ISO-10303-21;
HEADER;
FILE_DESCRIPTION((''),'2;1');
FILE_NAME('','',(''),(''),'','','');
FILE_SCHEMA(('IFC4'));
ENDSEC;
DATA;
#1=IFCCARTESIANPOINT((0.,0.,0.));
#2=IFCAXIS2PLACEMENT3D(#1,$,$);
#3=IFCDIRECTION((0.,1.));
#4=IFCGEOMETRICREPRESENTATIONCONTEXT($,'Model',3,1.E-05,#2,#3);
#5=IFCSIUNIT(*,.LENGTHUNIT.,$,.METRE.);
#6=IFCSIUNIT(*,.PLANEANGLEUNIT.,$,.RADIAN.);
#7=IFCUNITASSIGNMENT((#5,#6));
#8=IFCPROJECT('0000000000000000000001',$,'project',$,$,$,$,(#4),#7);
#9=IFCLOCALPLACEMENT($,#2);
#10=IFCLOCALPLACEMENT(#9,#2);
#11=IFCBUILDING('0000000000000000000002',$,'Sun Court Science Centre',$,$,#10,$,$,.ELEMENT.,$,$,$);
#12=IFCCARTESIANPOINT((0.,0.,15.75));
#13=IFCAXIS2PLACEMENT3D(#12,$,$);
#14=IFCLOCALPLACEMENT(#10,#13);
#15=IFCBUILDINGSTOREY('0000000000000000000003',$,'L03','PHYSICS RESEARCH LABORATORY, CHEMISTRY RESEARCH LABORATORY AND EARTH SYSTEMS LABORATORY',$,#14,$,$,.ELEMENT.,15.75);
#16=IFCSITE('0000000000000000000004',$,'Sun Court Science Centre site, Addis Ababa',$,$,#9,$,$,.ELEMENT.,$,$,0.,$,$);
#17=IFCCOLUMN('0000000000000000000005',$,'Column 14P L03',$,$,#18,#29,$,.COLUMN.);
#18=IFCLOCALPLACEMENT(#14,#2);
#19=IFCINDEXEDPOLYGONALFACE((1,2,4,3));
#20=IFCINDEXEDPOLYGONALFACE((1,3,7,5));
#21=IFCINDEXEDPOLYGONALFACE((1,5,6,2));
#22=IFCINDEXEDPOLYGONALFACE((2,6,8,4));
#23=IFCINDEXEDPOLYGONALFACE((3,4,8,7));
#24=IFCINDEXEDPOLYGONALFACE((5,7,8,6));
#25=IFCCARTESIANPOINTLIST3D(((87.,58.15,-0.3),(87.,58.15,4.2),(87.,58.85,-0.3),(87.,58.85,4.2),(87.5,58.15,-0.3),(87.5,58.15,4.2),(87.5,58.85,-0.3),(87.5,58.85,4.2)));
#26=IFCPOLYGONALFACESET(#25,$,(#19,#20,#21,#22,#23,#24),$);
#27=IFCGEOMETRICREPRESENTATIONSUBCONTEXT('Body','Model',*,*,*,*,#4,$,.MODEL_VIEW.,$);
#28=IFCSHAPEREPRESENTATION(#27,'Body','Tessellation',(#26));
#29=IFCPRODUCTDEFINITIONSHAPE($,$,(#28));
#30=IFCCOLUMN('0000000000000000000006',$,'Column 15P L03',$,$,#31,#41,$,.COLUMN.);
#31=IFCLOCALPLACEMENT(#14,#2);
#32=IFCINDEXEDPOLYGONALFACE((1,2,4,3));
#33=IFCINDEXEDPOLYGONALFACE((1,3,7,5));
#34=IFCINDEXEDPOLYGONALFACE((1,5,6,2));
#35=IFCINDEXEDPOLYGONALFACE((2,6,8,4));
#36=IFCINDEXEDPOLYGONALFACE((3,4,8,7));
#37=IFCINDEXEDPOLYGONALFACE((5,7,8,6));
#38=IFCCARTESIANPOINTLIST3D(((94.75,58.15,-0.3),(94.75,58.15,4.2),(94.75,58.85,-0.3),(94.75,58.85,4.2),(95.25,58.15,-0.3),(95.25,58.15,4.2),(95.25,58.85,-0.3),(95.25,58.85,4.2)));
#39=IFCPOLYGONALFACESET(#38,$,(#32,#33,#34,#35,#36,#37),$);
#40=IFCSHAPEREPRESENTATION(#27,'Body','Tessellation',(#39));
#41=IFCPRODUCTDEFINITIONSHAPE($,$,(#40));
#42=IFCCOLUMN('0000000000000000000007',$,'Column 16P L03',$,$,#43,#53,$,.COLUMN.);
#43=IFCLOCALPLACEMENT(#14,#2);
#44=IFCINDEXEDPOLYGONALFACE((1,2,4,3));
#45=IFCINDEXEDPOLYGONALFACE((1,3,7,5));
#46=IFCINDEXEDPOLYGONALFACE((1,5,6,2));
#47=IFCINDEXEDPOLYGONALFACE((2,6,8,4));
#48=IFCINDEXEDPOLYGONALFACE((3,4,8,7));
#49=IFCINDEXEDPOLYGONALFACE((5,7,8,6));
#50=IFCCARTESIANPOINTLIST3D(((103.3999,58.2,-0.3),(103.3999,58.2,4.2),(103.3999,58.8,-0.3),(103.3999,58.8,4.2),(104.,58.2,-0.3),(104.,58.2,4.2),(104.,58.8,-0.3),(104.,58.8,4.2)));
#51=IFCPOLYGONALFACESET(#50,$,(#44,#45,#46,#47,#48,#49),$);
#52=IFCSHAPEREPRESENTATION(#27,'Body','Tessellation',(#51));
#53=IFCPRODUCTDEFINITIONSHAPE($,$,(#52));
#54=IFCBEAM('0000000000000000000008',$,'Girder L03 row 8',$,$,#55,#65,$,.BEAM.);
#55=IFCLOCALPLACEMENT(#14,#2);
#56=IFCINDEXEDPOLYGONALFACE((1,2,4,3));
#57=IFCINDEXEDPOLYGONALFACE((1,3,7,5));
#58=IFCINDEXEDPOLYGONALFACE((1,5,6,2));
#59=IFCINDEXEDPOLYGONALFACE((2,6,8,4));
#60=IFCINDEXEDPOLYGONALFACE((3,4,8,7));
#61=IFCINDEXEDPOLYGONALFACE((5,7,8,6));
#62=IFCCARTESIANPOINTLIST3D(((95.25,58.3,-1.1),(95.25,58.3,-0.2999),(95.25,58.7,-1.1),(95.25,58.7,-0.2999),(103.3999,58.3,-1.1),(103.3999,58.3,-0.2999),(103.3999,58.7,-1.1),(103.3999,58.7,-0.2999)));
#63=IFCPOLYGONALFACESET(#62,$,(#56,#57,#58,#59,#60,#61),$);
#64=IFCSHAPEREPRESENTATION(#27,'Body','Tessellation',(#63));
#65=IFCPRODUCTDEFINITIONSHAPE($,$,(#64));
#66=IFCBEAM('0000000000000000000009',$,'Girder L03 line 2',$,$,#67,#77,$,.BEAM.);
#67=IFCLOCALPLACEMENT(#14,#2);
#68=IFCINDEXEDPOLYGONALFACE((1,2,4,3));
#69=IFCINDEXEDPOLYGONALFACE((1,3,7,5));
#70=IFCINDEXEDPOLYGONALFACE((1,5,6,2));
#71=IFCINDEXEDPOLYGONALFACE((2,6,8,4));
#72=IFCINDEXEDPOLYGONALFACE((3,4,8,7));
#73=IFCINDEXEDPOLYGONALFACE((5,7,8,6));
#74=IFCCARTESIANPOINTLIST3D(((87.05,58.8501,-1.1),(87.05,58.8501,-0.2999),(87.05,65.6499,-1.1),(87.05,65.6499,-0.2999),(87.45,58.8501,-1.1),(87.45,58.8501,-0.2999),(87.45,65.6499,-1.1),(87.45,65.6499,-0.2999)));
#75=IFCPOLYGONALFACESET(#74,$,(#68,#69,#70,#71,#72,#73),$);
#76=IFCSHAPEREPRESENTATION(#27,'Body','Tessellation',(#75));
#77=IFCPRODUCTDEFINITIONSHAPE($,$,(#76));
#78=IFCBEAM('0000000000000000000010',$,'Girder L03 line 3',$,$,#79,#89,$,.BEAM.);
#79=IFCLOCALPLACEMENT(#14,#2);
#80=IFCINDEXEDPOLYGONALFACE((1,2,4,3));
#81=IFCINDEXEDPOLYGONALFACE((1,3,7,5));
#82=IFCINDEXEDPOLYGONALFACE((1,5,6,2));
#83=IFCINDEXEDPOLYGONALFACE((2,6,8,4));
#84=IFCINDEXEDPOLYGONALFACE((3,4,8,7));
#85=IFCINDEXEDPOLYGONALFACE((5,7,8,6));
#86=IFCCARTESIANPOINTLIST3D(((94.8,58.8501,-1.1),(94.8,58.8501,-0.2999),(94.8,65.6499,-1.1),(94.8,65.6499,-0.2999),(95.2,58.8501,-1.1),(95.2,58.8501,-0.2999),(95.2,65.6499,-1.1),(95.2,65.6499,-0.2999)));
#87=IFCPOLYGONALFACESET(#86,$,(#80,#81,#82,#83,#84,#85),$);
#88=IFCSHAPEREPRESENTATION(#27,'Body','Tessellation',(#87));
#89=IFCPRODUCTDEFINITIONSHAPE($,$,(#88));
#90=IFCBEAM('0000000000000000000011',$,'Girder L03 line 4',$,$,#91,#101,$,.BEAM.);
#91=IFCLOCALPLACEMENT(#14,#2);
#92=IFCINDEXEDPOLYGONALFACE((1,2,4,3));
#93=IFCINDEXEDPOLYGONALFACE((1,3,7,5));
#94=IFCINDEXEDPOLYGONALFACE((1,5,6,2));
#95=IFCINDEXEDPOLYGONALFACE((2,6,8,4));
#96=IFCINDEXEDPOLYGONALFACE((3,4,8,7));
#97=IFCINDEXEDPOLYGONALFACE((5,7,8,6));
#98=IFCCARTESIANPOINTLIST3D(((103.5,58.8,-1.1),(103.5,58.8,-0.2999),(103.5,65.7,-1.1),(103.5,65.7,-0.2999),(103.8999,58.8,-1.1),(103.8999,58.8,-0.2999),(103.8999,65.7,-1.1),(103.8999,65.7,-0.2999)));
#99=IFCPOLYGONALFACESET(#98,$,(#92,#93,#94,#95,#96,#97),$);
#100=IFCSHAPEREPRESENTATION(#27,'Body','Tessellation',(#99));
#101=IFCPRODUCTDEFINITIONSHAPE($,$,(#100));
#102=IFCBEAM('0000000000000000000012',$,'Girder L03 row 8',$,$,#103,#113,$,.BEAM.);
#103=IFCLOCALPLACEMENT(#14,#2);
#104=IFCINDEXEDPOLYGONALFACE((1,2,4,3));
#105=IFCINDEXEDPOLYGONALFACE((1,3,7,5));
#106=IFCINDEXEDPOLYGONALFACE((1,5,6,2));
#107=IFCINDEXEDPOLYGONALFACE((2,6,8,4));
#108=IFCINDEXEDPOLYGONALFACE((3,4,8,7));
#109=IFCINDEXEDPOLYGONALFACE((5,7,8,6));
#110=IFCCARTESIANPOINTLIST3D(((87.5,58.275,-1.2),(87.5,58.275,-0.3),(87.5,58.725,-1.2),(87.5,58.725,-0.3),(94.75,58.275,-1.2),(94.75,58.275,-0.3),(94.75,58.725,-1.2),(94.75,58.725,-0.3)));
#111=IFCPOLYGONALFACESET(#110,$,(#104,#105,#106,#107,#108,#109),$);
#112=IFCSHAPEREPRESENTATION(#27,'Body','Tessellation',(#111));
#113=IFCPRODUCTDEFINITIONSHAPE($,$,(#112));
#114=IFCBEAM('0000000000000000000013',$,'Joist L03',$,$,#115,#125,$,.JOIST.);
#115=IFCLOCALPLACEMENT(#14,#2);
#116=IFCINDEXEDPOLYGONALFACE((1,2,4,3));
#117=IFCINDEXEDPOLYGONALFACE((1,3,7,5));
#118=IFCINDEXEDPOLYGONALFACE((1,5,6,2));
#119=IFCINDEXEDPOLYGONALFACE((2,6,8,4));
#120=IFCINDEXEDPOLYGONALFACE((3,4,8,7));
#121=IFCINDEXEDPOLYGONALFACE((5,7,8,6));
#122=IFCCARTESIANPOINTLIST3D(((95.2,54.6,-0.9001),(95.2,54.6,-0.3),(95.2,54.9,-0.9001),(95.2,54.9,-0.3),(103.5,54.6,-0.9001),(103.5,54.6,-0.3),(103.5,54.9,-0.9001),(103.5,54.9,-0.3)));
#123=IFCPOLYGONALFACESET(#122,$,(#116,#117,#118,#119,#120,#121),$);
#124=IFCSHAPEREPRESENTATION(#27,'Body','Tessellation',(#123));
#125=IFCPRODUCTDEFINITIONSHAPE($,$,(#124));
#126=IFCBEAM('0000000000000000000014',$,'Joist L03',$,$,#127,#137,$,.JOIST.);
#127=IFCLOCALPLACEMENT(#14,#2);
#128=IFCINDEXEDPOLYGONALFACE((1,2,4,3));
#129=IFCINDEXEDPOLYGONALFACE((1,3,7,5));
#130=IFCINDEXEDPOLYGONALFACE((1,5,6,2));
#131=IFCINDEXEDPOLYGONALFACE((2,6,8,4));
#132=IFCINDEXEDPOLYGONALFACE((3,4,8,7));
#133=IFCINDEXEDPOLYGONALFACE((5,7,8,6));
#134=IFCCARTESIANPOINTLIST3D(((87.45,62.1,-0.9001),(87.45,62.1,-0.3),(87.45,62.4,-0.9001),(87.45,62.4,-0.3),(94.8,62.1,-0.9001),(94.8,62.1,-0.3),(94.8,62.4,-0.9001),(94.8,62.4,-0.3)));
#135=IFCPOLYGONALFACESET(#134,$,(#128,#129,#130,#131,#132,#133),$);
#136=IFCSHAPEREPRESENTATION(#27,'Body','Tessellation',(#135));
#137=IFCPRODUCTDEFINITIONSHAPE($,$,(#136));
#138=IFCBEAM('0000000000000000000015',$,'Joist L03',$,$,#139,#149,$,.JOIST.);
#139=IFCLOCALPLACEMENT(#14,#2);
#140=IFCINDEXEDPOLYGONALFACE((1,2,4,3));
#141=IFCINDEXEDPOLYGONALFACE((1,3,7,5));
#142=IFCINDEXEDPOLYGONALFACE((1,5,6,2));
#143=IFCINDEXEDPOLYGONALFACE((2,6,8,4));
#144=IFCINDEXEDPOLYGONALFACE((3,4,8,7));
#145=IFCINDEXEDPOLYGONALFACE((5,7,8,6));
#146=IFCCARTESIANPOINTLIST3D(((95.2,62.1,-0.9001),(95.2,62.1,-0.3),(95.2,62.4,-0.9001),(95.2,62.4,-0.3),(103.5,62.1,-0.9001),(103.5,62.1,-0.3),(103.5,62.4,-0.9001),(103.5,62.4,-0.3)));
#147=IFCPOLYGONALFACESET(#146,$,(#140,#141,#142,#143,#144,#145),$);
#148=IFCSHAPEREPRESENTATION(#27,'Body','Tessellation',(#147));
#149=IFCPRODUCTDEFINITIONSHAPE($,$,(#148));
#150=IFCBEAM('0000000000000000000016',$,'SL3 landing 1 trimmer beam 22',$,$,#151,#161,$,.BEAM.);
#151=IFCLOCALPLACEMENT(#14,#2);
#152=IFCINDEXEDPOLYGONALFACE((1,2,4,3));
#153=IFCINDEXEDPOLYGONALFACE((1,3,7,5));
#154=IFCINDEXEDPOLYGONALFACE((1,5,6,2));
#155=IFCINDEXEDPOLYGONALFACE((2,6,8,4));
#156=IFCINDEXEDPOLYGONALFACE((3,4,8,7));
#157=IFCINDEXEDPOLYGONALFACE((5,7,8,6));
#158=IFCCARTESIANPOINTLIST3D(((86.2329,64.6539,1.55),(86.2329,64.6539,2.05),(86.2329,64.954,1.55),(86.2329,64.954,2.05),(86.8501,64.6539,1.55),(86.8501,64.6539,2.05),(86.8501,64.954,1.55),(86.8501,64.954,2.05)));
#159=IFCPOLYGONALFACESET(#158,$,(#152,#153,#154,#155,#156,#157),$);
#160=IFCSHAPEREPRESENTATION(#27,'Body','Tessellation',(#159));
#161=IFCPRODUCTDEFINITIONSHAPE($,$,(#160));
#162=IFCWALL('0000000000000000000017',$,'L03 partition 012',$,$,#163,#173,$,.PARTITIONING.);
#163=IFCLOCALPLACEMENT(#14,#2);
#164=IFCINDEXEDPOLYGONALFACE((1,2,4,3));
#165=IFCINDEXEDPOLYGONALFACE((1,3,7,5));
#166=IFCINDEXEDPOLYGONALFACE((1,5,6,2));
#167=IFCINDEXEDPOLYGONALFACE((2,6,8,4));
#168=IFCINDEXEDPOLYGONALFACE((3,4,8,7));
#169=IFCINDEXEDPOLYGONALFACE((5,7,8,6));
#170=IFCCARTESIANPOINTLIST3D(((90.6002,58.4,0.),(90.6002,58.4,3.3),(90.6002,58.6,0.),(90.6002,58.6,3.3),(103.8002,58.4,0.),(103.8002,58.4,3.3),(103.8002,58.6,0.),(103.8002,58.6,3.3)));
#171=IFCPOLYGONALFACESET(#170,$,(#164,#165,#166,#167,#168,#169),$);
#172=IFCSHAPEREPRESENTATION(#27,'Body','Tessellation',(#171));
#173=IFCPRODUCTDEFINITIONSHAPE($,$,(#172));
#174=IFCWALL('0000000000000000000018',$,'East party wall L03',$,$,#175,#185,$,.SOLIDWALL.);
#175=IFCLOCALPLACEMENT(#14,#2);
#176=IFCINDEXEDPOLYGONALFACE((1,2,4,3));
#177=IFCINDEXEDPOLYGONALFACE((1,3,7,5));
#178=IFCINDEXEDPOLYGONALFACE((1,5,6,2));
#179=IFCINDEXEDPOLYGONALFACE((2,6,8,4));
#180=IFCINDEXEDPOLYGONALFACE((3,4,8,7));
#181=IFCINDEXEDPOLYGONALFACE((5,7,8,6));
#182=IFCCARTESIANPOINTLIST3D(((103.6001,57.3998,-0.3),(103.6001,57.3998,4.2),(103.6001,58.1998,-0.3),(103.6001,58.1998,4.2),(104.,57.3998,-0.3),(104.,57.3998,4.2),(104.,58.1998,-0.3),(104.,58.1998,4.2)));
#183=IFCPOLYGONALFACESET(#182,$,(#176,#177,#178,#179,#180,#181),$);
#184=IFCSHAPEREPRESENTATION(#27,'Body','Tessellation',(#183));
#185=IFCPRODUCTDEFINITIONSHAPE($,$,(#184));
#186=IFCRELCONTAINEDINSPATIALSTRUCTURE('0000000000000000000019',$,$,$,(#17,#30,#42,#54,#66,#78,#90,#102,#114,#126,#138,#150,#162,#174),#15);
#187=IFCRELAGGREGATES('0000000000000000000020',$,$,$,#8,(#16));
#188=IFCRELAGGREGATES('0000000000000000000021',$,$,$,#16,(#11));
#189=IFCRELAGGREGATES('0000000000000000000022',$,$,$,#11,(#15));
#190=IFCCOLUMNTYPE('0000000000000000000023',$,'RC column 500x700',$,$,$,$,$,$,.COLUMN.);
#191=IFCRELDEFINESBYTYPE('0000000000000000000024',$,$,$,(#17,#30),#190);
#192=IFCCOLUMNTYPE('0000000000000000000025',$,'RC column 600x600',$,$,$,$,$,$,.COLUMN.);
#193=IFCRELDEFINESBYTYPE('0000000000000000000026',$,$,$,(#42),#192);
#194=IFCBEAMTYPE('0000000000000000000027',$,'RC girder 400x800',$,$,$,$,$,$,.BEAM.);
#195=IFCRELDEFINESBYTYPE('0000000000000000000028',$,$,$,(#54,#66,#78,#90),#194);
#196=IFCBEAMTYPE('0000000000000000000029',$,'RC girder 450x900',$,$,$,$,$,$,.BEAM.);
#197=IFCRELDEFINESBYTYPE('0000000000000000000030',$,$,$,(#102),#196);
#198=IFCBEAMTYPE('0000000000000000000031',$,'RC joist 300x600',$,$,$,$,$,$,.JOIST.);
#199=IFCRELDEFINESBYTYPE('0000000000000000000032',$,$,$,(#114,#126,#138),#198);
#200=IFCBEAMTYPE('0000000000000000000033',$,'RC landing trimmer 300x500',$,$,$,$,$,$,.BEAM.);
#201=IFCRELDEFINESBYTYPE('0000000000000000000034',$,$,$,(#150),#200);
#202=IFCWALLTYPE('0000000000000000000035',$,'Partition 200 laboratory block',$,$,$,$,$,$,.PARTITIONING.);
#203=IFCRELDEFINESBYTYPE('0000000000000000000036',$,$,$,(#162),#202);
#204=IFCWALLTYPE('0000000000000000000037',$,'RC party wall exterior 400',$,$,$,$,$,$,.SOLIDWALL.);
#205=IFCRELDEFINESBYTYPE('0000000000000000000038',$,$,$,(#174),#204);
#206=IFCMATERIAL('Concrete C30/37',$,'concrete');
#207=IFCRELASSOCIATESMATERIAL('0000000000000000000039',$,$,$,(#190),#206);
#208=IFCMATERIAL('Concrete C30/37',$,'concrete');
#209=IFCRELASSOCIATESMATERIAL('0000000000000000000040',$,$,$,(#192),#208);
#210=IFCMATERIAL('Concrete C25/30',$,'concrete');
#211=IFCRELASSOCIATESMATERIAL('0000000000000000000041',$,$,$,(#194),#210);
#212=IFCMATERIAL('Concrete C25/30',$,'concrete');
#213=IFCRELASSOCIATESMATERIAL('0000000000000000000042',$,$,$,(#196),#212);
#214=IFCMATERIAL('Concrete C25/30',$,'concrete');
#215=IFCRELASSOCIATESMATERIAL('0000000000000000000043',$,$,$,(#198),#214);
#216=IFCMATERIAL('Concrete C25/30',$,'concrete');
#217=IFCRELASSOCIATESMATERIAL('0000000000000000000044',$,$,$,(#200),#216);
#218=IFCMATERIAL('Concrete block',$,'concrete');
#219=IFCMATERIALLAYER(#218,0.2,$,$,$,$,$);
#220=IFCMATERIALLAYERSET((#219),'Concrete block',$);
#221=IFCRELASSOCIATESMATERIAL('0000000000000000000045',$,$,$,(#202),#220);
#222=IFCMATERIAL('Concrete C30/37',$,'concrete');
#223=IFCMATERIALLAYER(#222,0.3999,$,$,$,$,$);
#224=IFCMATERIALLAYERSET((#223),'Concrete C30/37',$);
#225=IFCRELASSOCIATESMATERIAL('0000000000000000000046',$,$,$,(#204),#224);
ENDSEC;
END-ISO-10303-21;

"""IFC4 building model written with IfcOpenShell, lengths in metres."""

from ifc_helpers import new_model, si_unit, direction, frame, frame_2d, origin, origin_2d, place, context, subcontext, project, spatial, rectangle, extrude, material, layer, layer_set, material_profile, profile_set, type_object, element, save


model = new_model("IFC4")

# Units and contexts
model_context = context("Model", 3, precision=1e-05, world=origin(), true_north=direction((0.0, 1.0)))
body_context = subcontext(model_context, "Body", "Model", "MODEL_VIEW")
ifc_project = project(units=[si_unit("LENGTHUNIT", "METRE"), si_unit("PLANEANGLEUNIT", "RADIAN")], contexts=[model_context])

# Site, building, storey
site_placement = place(None, origin())
site = spatial("IfcSite", under=ifc_project, at=site_placement, Name="Sun Court Science Centre site, Addis Ababa", CompositionType="ELEMENT", RefElevation=0.0)
building_placement = place(site_placement, origin())
building = spatial("IfcBuilding", under=site, at=building_placement, Name="Sun Court Science Centre", CompositionType="ELEMENT")
storey_placement = place(building_placement, frame((0.0, 0.0, 15.75)))
storey = spatial("IfcBuildingStorey", under=building, at=storey_placement, Name="L03", Description="PHYSICS RESEARCH LABORATORY, CHEMISTRY RESEARCH LABORATORY AND EARTH SYSTEMS LABORATORY", CompositionType="ELEMENT", Elevation=15.75)

# Columns
ifc_material_1 = material(Name="Concrete C30/37", Category="concrete")
ifc_material_profile_1 = material_profile(ifc_material_1, rectangle(XDim=0.5, YDim=0.7, at=origin_2d()), Name="RC 500x700")
ifc_profile_set_1 = profile_set([ifc_material_profile_1], Name="Concrete C30/37")
column_type_1 = type_object("IfcColumnType", Name="RC column 500x700", PredefinedType="COLUMN", material=ifc_profile_set_1)
for number, where, z_axis, x_axis, name in (
    (1, (87.25, 58.5, -0.3), (0.0, 0.0, 1.0), (1.0, 0.0, 0.0), "Column 14P L03"),
    (2, (95.0, 58.5, -0.3), (0.0, 0.0, 1.0), (1.0, 0.0, 0.0), "Column 15P L03"),
):
    element("IfcColumn", number, at=place(storey_placement, frame(where, z_axis=z_axis, x_axis=x_axis)), inside=storey, type_object=column_type_1, Name=name, PredefinedType="COLUMN", context=body_context, shape_type="SweptSolid", body=[
        extrude(rectangle(XDim=0.5, YDim=0.7, at=origin_2d()), origin(), (0.0, 0.0, 1.0), 4.5),
    ])
ifc_material_2 = material(Name="Concrete C30/37", Category="concrete")
ifc_material_profile_2 = material_profile(ifc_material_2, rectangle(XDim=0.6001, YDim=0.6001, at=origin_2d()), Name="RC 600x600")
ifc_profile_set_2 = profile_set([ifc_material_profile_2], Name="Concrete C30/37")
column_type_2 = type_object("IfcColumnType", Name="RC column 600x600", PredefinedType="COLUMN", material=ifc_profile_set_2)
column_placement = place(storey_placement, frame((103.7, 58.5, -0.3), z_axis=(0.0, 0.0, 1.0), x_axis=(1.0, 0.0, 0.0)))
element("IfcColumn", 3, at=column_placement, inside=storey, type_object=column_type_2, Name="Column 16P L03", PredefinedType="COLUMN", context=body_context, shape_type="SweptSolid", body=[
    extrude(rectangle(XDim=0.6001, YDim=0.6001, at=origin_2d()), origin(), (0.0, 0.0, 1.0), 4.5),
])

# Beams
ifc_material_3 = material(Name="Concrete C25/30", Category="concrete")
ifc_material_profile_3 = material_profile(ifc_material_3, rectangle(XDim=0.3999, YDim=0.8, at=origin_2d()), Name="RC 400x800")
ifc_profile_set_3 = profile_set([ifc_material_profile_3], Name="Concrete C25/30")
beam_type_1 = type_object("IfcBeamType", Name="RC girder 400x800", PredefinedType="BEAM", material=ifc_profile_set_3)
beam_1_placement = place(storey_placement, frame((95.25, 58.5, -0.7), z_axis=(1.0, 0.0, 0.0), x_axis=(0.0, 1.0, 0.0)))
element("IfcBeam", 4, at=beam_1_placement, inside=storey, type_object=beam_type_1, Name="Girder L03 row 8", PredefinedType="BEAM", context=body_context, shape_type="SweptSolid", body=[
    extrude(rectangle(XDim=0.3999, YDim=0.8, at=origin_2d()), origin(), (0.0, 0.0, 1.0), 8.1499),
])
for number, where, z_axis, x_axis, name in (
    (5, (87.25, 58.8501, -0.7), (0.0, 1.0, 0.0), (-1.0, 0.0, 0.0), "Girder L03 line 2"),
    (6, (95.0, 58.8501, -0.7), (0.0, 1.0, 0.0), (-1.0, 0.0, 0.0), "Girder L03 line 3"),
):
    element("IfcBeam", number, at=place(storey_placement, frame(where, z_axis=z_axis, x_axis=x_axis)), inside=storey, type_object=beam_type_1, Name=name, PredefinedType="BEAM", context=body_context, shape_type="SweptSolid", body=[
        extrude(rectangle(XDim=0.3999, YDim=0.8, at=origin_2d()), origin(), (0.0, 0.0, 1.0), 6.7998),
    ])
beam_2_placement = place(storey_placement, frame((103.7, 58.8, -0.7), z_axis=(0.0, 1.0, 0.0), x_axis=(-1.0, 0.0, 0.0)))
element("IfcBeam", 7, at=beam_2_placement, inside=storey, type_object=beam_type_1, Name="Girder L03 line 4", PredefinedType="BEAM", context=body_context, shape_type="SweptSolid", body=[
    extrude(rectangle(XDim=0.3999, YDim=0.8, at=origin_2d()), origin(), (0.0, 0.0, 1.0), 6.8999),
])
ifc_material_4 = material(Name="Concrete C25/30", Category="concrete")
ifc_material_profile_4 = material_profile(ifc_material_4, rectangle(XDim=0.45, YDim=0.8999, at=origin_2d()), Name="RC 450x900")
ifc_profile_set_4 = profile_set([ifc_material_profile_4], Name="Concrete C25/30")
beam_type_2 = type_object("IfcBeamType", Name="RC girder 450x900", PredefinedType="BEAM", material=ifc_profile_set_4)
beam_3_placement = place(storey_placement, frame((87.5, 58.5, -0.75), z_axis=(1.0, 0.0, 0.0), x_axis=(0.0, 1.0, 0.0)))
element("IfcBeam", 8, at=beam_3_placement, inside=storey, type_object=beam_type_2, Name="Girder L03 row 8", PredefinedType="BEAM", context=body_context, shape_type="SweptSolid", body=[
    extrude(rectangle(XDim=0.45, YDim=0.8999, at=origin_2d()), origin(), (0.0, 0.0, 1.0), 7.25),
])
ifc_material_5 = material(Name="Concrete C25/30", Category="concrete")
ifc_material_profile_5 = material_profile(ifc_material_5, rectangle(XDim=0.3, YDim=0.6001, at=origin_2d()), Name="RC 300x600")
ifc_profile_set_5 = profile_set([ifc_material_profile_5], Name="Concrete C25/30")
beam_type_3 = type_object("IfcBeamType", Name="RC joist 300x600", PredefinedType="JOIST", material=ifc_profile_set_5)
beam_4_placement = place(storey_placement, frame((95.2, 54.75, -0.6001), z_axis=(1.0, 0.0, 0.0), x_axis=(0.0, 1.0, 0.0)))
element("IfcBeam", 9, at=beam_4_placement, inside=storey, type_object=beam_type_3, Name="Joist L03", PredefinedType="JOIST", context=body_context, shape_type="SweptSolid", body=[
    extrude(rectangle(XDim=0.3, YDim=0.6001, at=origin_2d()), origin(), (0.0, 0.0, 1.0), 8.3),
])
beam_5_placement = place(storey_placement, frame((87.45, 62.25, -0.6001), z_axis=(1.0, 0.0, 0.0), x_axis=(0.0, 1.0, 0.0)))
element("IfcBeam", 10, at=beam_5_placement, inside=storey, type_object=beam_type_3, Name="Joist L03", PredefinedType="JOIST", context=body_context, shape_type="SweptSolid", body=[
    extrude(rectangle(XDim=0.3, YDim=0.6001, at=origin_2d()), origin(), (0.0, 0.0, 1.0), 7.3501),
])
beam_6_placement = place(storey_placement, frame((95.2, 62.25, -0.6001), z_axis=(1.0, 0.0, 0.0), x_axis=(0.0, 1.0, 0.0)))
element("IfcBeam", 11, at=beam_6_placement, inside=storey, type_object=beam_type_3, Name="Joist L03", PredefinedType="JOIST", context=body_context, shape_type="SweptSolid", body=[
    extrude(rectangle(XDim=0.3, YDim=0.6001, at=origin_2d()), origin(), (0.0, 0.0, 1.0), 8.3),
])
ifc_material_6 = material(Name="Concrete C25/30", Category="concrete")
ifc_material_profile_6 = material_profile(ifc_material_6, rectangle(XDim=0.3, YDim=0.5, at=origin_2d()), Name="RC 300x500")
ifc_profile_set_6 = profile_set([ifc_material_profile_6], Name="Concrete C25/30")
beam_type_4 = type_object("IfcBeamType", Name="RC landing trimmer 300x500", PredefinedType="BEAM", material=ifc_profile_set_6)
beam_7_placement = place(storey_placement, frame((86.8501, 64.804, 1.8), z_axis=(-1.0, 0.0, 0.0), x_axis=(0.0, -1.0, 0.0)))
element("IfcBeam", 12, at=beam_7_placement, inside=storey, type_object=beam_type_4, Name="SL3 landing 1 trimmer beam 22", PredefinedType="BEAM", context=body_context, shape_type="SweptSolid", body=[
    extrude(rectangle(XDim=0.3, YDim=0.5, at=origin_2d()), origin(), (0.0, 0.0, 1.0), 0.6172),
])

# Walls
ifc_material_7 = material(Name="Concrete block", Category="concrete")
ifc_layer_1 = layer(ifc_material_7, 0.2)
ifc_layer_set_1 = layer_set([ifc_layer_1], Name="Concrete block")
wall_type_1 = type_object("IfcWallType", Name="Partition 200 laboratory block", PredefinedType="PARTITIONING", material=ifc_layer_set_1)
wall_1_placement = place(storey_placement, frame((90.6001, 58.5, 0.0), z_axis=(0.0, 0.0, 1.0), x_axis=(1.0, 0.0, 0.0)))
element("IfcWall", 13, at=wall_1_placement, inside=storey, type_object=wall_type_1, Name="L03 partition 012", PredefinedType="PARTITIONING", context=body_context, shape_type="SweptSolid", body=[
    extrude(rectangle(XDim=13.2, YDim=0.2, at=frame_2d((6.6001, 0.0))), origin(), (0.0, 0.0, 1.0), 3.3),
])
ifc_material_8 = material(Name="Concrete C30/37", Category="concrete")
ifc_layer_2 = layer(ifc_material_8, 0.3999)
ifc_layer_set_2 = layer_set([ifc_layer_2], Name="Concrete C30/37")
wall_type_2 = type_object("IfcWallType", Name="RC party wall exterior 400", PredefinedType="SOLIDWALL", material=ifc_layer_set_2)
for number, where, z_axis, x_axis, name in (
    (14, (103.8, 57.3999, -0.3), (0.0, 0.0, 1.0), (0.0, 1.0, 0.0), "East party wall L03"),
):
    element("IfcWall", number, at=place(storey_placement, frame(where, z_axis=z_axis, x_axis=x_axis)), inside=storey, type_object=wall_type_2, Name=name, PredefinedType="SOLIDWALL", context=body_context, shape_type="SweptSolid", body=[
        extrude(rectangle(XDim=0.8, YDim=0.3999, at=frame_2d((0.3999, 0.0))), origin(), (0.0, 0.0, 1.0), 4.5),
    ])

save(model, "model.ifc")
